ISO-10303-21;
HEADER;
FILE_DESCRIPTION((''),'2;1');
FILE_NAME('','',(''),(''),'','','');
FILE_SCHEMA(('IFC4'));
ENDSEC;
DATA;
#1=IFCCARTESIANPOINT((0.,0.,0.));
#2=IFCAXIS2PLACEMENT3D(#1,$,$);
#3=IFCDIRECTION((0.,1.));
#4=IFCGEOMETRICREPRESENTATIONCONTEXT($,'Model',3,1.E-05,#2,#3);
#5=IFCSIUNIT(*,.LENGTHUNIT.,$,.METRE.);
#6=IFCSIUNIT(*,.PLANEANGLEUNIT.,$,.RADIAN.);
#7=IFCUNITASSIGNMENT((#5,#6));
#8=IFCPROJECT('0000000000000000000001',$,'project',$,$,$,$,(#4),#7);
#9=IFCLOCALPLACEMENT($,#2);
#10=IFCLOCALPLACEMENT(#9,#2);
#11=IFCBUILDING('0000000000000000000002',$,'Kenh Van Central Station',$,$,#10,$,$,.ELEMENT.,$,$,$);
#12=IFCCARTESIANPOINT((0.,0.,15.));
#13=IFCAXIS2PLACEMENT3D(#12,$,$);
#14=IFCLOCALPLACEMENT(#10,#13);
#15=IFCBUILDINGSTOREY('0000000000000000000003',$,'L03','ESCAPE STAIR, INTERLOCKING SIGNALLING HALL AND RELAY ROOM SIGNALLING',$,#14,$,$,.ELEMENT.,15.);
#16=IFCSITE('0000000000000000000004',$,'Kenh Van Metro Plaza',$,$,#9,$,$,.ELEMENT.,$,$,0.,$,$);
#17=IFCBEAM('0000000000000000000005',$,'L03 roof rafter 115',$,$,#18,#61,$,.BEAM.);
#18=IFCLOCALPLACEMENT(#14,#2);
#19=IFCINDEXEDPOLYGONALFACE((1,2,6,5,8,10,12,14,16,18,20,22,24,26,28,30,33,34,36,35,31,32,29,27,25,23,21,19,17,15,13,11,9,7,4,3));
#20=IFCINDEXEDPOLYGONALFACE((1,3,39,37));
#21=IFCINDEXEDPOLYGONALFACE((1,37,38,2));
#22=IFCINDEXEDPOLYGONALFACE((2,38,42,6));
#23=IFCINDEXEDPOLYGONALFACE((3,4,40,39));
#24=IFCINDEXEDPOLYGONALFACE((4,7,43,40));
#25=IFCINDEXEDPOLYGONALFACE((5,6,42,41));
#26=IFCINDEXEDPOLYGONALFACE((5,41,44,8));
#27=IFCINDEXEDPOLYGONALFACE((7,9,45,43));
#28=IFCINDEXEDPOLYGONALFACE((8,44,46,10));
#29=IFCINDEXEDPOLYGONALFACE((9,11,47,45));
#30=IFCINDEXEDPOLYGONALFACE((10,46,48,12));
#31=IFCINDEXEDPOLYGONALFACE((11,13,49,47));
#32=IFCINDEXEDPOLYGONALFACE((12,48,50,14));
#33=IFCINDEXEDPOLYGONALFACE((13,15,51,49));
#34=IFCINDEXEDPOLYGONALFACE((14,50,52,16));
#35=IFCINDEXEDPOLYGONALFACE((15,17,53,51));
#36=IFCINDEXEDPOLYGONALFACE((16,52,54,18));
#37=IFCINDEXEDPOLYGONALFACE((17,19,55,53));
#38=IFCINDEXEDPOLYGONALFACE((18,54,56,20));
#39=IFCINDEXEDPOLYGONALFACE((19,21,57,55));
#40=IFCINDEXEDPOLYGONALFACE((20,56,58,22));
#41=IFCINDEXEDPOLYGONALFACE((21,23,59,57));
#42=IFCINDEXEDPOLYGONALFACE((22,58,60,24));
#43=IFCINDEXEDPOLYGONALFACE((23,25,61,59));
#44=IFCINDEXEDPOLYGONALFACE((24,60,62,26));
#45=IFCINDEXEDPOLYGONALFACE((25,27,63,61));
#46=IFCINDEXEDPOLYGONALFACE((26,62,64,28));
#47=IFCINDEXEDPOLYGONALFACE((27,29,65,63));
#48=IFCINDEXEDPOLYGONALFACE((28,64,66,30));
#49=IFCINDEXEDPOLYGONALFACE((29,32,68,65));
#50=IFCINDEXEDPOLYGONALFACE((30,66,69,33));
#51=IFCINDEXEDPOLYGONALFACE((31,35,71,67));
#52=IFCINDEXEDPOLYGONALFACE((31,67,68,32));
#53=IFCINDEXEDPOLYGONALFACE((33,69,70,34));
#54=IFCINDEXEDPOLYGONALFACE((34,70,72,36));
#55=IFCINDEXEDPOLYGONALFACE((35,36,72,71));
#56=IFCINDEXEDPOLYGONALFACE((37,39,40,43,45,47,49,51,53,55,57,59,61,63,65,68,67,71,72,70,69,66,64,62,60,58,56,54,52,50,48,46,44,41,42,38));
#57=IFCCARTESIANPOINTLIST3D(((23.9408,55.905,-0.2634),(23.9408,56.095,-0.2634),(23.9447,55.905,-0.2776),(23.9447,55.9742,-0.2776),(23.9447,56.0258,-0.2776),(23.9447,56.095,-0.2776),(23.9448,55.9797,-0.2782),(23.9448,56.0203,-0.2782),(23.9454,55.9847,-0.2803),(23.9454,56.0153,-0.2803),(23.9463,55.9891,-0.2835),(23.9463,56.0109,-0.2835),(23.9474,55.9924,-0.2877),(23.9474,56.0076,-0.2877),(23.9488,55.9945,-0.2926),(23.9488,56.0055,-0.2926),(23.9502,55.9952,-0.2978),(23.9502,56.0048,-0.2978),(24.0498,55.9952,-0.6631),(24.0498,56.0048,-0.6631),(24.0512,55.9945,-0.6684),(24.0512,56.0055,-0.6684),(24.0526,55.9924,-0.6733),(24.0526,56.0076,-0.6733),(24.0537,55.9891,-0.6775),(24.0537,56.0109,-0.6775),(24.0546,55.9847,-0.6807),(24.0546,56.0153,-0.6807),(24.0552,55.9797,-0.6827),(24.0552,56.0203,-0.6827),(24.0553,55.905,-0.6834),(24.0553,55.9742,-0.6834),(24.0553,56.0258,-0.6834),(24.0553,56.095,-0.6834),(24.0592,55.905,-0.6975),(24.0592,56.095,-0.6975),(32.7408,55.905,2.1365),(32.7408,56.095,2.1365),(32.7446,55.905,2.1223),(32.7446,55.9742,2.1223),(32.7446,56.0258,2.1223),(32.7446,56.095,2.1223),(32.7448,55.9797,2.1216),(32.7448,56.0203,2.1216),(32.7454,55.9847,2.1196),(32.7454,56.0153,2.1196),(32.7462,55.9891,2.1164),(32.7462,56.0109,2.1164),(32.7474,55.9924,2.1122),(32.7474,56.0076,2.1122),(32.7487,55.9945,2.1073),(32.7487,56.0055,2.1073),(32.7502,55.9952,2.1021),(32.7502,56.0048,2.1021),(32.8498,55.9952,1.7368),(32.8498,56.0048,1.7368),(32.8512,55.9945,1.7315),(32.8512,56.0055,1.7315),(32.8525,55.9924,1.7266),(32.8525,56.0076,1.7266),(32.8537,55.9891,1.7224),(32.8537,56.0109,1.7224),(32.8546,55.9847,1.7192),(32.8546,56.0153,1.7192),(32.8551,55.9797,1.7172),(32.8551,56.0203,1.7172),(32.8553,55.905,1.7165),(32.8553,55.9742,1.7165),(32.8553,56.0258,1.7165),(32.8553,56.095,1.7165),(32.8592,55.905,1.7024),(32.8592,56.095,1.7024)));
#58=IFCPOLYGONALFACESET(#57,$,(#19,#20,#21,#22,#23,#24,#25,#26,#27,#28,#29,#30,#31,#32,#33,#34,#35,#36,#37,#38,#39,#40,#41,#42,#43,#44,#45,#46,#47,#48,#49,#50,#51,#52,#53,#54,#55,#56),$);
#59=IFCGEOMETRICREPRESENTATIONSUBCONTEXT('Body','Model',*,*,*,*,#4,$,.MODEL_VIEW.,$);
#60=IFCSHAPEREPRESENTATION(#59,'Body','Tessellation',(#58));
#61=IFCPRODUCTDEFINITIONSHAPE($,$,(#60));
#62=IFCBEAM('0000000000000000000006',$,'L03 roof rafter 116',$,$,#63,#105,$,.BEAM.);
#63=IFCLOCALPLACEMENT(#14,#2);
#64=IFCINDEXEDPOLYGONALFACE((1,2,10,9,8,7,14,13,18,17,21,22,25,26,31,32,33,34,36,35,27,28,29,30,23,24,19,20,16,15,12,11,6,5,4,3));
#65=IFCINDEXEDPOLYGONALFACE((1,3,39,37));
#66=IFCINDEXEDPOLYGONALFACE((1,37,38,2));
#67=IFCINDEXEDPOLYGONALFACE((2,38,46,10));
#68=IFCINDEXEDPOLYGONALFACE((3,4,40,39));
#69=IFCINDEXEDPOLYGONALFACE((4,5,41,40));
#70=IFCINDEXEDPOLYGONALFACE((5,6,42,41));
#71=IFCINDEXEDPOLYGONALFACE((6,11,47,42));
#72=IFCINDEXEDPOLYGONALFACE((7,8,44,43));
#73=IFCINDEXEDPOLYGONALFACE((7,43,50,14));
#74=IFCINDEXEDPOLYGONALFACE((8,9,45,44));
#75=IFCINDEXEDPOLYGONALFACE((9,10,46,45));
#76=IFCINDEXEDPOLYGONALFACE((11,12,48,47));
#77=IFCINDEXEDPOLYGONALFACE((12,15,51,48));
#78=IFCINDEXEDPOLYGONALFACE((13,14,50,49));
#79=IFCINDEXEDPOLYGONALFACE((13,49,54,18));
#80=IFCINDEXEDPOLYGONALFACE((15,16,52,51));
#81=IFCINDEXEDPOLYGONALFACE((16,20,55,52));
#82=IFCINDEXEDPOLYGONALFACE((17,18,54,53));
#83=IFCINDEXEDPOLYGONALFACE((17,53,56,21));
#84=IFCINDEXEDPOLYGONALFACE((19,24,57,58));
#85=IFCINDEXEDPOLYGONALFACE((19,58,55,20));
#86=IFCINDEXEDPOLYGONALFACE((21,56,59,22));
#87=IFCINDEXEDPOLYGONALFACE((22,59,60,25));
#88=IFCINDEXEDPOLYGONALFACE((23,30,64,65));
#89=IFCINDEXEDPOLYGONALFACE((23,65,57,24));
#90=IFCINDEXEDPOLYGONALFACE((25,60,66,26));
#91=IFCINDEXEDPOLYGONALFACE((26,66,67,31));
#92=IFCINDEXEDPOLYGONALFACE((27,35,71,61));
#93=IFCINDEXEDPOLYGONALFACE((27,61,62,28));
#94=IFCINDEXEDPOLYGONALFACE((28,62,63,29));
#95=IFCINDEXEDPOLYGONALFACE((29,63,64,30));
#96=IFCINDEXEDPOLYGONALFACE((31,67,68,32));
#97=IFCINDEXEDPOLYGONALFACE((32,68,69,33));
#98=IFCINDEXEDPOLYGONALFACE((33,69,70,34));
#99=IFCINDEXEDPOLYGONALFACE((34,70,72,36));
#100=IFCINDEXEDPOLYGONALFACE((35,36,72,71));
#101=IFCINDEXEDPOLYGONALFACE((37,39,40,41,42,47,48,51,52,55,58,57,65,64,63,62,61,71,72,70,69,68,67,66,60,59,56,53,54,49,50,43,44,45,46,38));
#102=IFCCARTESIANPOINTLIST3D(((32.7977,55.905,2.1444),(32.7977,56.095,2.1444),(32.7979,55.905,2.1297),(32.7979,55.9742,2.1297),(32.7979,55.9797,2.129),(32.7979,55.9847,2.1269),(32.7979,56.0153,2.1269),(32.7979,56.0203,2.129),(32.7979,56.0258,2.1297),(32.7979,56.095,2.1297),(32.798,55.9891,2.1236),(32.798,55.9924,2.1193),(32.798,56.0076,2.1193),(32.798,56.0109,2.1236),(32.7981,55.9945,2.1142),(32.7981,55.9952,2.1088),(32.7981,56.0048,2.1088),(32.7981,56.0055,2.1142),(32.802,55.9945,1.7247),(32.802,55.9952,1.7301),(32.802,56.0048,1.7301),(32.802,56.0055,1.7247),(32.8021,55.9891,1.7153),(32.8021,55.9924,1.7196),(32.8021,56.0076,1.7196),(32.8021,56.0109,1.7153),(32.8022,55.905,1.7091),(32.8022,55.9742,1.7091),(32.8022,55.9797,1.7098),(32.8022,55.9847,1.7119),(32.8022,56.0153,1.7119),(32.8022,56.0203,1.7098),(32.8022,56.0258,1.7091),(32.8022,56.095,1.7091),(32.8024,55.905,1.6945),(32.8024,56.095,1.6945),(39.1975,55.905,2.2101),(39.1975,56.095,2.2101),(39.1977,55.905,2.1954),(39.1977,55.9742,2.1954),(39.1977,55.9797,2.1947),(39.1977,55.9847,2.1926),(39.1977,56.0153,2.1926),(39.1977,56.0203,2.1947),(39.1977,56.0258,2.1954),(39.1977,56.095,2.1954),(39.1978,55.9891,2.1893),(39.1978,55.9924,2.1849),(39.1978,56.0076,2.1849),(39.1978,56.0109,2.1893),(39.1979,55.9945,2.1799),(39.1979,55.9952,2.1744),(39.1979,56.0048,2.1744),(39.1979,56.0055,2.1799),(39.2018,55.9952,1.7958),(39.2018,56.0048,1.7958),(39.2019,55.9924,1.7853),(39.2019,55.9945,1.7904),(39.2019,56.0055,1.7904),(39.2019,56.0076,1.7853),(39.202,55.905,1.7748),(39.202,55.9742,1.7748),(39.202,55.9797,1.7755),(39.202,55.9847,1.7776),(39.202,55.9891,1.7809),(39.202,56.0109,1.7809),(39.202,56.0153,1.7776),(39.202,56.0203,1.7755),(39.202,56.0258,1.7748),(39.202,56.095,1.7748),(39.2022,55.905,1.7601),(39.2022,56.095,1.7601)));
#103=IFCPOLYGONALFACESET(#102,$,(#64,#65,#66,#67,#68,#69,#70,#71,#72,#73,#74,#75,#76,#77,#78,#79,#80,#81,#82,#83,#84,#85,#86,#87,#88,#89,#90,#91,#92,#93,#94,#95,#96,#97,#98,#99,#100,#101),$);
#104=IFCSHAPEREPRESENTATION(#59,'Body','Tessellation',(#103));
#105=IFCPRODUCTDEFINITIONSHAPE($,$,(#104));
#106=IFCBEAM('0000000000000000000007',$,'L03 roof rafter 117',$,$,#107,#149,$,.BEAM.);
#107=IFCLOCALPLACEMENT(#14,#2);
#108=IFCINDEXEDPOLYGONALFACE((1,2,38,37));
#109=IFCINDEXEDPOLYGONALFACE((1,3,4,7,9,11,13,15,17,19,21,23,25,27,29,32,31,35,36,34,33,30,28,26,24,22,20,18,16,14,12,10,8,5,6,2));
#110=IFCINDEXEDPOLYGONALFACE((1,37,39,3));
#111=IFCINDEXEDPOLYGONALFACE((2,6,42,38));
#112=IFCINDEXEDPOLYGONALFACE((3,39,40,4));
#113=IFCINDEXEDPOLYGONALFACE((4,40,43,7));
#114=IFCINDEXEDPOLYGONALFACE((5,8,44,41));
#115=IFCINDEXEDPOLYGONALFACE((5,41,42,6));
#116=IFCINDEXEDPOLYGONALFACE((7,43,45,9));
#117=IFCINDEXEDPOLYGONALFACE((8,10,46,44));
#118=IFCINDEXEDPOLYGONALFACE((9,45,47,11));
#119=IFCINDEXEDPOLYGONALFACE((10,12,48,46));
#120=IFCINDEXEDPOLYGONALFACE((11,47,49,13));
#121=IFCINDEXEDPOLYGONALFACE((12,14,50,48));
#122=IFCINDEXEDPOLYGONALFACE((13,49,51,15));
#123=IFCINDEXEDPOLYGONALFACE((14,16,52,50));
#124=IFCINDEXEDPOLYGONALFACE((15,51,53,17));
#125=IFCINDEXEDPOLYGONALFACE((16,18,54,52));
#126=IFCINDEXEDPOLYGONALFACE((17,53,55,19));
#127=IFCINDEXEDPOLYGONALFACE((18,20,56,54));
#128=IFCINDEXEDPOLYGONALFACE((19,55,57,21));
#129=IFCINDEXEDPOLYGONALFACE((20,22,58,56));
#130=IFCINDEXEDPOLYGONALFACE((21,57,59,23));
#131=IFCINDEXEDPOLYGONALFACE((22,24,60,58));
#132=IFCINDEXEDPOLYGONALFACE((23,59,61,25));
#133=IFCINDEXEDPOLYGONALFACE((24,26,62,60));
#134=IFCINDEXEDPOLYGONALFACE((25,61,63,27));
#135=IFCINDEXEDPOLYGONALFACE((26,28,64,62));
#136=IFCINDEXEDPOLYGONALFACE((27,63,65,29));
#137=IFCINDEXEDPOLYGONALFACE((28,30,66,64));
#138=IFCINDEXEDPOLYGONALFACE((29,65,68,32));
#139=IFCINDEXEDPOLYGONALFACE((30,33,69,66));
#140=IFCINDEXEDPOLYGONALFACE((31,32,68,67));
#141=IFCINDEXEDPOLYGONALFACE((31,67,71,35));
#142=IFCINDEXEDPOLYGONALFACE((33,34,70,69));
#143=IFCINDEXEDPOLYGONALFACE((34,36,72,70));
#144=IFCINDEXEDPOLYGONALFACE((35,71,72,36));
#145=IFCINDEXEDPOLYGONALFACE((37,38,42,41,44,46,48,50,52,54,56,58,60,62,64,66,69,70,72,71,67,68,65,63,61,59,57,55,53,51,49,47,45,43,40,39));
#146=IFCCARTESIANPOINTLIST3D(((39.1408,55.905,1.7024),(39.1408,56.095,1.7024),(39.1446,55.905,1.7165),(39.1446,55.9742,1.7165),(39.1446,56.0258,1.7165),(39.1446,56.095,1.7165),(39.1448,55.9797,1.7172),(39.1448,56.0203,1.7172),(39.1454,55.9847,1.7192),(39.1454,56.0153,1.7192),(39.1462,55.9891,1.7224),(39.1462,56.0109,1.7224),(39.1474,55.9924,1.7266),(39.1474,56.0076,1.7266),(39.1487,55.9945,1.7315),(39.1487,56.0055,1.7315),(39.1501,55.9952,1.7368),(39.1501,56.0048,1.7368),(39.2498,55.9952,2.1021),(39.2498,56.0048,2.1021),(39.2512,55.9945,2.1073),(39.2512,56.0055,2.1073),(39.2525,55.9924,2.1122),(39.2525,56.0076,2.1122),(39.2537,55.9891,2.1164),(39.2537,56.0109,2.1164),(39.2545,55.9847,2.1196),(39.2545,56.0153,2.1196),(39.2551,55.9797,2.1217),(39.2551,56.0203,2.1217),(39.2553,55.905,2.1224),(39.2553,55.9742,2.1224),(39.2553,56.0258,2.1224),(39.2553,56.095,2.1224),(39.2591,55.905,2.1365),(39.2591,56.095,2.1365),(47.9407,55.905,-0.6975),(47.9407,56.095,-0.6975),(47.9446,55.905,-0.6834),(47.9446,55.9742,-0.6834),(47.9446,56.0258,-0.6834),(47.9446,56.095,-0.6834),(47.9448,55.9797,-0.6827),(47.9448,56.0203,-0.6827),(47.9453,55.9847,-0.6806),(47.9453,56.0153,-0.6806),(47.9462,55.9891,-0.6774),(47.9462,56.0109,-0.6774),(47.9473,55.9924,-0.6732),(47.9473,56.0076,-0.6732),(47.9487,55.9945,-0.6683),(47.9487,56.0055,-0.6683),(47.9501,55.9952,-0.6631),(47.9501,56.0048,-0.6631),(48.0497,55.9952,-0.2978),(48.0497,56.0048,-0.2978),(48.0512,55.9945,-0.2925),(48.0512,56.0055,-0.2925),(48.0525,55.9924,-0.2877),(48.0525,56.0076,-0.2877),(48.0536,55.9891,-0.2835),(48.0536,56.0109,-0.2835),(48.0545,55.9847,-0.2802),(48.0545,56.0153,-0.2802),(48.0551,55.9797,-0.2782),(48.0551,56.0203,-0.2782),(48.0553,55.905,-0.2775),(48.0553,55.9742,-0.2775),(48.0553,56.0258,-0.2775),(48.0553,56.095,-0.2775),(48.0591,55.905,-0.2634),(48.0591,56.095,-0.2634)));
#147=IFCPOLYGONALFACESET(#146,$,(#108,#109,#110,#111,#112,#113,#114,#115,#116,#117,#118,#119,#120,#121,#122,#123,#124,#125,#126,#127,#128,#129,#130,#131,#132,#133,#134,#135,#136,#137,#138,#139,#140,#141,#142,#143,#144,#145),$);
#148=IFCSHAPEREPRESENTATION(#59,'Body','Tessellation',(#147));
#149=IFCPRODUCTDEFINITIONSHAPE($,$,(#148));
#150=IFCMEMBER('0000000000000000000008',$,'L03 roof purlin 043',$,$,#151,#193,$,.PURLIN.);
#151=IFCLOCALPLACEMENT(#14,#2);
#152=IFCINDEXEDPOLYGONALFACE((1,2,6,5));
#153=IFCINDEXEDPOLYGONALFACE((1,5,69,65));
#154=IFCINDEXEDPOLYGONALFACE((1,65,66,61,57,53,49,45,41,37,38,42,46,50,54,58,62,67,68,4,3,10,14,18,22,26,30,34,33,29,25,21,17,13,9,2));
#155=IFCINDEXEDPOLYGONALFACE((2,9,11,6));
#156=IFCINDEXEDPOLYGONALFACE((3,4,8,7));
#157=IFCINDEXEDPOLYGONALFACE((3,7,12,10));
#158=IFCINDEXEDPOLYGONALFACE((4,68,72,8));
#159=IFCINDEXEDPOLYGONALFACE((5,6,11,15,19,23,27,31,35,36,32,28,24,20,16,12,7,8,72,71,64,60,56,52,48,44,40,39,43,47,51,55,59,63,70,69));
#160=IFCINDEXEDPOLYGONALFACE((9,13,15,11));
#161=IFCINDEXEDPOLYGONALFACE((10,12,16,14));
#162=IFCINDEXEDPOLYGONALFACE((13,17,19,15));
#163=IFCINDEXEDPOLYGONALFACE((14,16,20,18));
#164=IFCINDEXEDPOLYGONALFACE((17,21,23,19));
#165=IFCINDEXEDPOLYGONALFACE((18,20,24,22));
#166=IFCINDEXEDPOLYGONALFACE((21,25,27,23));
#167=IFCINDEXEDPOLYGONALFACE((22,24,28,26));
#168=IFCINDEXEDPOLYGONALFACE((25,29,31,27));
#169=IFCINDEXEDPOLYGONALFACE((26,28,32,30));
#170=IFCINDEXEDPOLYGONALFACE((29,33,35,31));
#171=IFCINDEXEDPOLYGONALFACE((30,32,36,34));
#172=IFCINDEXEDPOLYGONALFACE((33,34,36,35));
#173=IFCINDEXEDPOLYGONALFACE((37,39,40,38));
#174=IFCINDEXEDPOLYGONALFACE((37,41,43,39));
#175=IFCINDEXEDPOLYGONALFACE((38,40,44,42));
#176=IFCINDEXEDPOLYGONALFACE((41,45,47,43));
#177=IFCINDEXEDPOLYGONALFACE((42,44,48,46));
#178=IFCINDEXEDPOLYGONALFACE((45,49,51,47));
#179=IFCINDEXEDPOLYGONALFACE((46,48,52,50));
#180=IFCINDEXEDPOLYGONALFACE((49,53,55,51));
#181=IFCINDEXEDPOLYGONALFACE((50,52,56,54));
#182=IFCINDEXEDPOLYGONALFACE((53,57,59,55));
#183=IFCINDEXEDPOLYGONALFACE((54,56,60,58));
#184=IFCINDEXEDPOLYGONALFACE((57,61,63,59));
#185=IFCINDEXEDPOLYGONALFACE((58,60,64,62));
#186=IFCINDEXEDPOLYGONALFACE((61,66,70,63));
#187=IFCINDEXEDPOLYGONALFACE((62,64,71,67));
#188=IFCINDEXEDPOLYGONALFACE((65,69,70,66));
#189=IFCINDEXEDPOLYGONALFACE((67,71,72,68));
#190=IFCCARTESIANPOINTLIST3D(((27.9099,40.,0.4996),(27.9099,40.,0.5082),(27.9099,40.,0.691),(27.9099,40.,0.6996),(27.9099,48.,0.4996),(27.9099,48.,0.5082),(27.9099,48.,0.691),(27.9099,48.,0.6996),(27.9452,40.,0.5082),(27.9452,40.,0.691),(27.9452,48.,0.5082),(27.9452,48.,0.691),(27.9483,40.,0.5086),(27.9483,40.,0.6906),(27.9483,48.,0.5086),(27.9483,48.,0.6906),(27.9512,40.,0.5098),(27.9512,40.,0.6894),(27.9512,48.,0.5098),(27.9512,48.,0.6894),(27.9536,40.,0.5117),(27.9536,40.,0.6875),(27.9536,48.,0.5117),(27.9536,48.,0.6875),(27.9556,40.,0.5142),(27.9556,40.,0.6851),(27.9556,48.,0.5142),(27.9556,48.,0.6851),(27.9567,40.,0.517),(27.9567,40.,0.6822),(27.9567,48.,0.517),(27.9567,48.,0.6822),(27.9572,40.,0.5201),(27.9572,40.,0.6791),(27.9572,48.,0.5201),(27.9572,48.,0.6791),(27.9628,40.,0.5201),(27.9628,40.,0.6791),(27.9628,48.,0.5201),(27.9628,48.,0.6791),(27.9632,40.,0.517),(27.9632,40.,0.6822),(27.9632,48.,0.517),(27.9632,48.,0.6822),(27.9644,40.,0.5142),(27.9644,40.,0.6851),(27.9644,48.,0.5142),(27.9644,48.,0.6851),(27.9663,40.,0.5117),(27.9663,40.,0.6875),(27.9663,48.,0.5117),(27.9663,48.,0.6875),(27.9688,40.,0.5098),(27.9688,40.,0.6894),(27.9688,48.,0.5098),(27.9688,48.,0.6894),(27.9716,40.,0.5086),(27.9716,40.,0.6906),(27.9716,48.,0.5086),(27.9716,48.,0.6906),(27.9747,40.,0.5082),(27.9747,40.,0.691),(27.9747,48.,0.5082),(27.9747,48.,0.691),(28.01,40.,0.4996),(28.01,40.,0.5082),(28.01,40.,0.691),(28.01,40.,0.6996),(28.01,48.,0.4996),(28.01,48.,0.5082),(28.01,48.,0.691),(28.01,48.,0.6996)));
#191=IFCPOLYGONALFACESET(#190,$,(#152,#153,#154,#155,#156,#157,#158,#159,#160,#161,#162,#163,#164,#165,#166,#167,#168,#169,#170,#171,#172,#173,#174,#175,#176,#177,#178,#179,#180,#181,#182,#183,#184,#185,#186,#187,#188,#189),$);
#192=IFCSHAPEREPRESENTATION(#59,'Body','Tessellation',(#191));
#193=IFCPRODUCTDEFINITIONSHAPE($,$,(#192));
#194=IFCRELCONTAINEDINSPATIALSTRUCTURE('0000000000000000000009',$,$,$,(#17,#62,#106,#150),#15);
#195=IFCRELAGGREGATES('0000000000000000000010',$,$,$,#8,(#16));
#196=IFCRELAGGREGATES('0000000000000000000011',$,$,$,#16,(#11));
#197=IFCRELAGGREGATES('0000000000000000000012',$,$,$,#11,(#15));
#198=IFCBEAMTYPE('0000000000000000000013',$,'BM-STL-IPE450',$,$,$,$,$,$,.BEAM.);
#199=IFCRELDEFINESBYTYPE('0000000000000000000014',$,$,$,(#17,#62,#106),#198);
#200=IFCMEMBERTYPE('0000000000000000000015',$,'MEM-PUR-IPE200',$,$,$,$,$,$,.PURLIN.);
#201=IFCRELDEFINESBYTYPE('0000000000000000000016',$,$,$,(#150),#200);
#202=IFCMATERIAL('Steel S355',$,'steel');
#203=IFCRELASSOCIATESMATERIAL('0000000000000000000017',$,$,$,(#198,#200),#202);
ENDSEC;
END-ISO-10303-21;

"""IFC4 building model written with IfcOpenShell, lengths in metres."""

from ifc_helpers import new_model, si_unit, direction, frame, origin, origin_2d, place, context, subcontext, project, spatial, i_section, extrude, material, material_profile, profile_set, type_object, element, save


model = new_model("IFC4")

# Units and contexts
model_context = context("Model", 3, precision=1e-05, world=origin(), true_north=direction((0.0, 1.0)))
body_context = subcontext(model_context, "Body", "Model", "MODEL_VIEW")
ifc_project = project(units=[si_unit("LENGTHUNIT", "METRE"), si_unit("PLANEANGLEUNIT", "RADIAN")], contexts=[model_context])

# Site, building, storey
site_placement = place(None, origin())
site = spatial("IfcSite", under=ifc_project, at=site_placement, Name="Kenh Van Metro Plaza", CompositionType="ELEMENT", RefElevation=0.0)
building_placement = place(site_placement, origin())
building = spatial("IfcBuilding", under=site, at=building_placement, Name="Kenh Van Central Station", CompositionType="ELEMENT")
storey_placement = place(building_placement, frame((0.0, 0.0, 15.0)))
storey = spatial("IfcBuildingStorey", under=building, at=storey_placement, Name="L03", Description="ESCAPE STAIR, INTERLOCKING SIGNALLING HALL AND RELAY ROOM SIGNALLING", CompositionType="ELEMENT", Elevation=15.0)

# Beams
ifc_material_1 = material(Name="Steel S355", Category="steel")
ifc_material_profile_1 = material_profile(ifc_material_1, i_section(OverallWidth=0.1899, OverallDepth=0.45, WebThickness=0.0095, FlangeThickness=0.0146, FilletRadius=0.021, at=origin_2d()), Name="IPE 450")
ifc_profile_set_1 = profile_set([ifc_material_profile_1], Name="Steel S355")
beam_type = type_object("IfcBeamType", Name="BM-STL-IPE450", PredefinedType="BEAM", material=ifc_profile_set_1)
for number, where, z_axis, x_axis, name in (
    (1, (24.0, 56.0, -0.4805), (0.964767, 0.0, 0.263106), (0.0, 1.0, 0.0), "L03 roof rafter 115"),
):
    element("IfcBeam", number, at=place(storey_placement, frame(where, z_axis=z_axis, x_axis=x_axis)), inside=storey, type_object=beam_type, Name=name, PredefinedType="BEAM", context=body_context, shape_type="SweptSolid", body=[
        extrude(i_section(OverallWidth=0.1899, OverallDepth=0.45, WebThickness=0.0095, FlangeThickness=0.0146, FilletRadius=0.021, at=origin_2d()), origin(), (0.0, 0.0, 1.0), 9.1213),
    ])
beam_1_placement = place(storey_placement, frame((32.8, 56.0, 1.9194), z_axis=(0.999947, 0.0, 0.010261), x_axis=(0.0, 1.0, 0.0)))
element("IfcBeam", 2, at=beam_1_placement, inside=storey, type_object=beam_type, Name="L03 roof rafter 116", PredefinedType="BEAM", context=body_context, shape_type="SweptSolid", body=[
    extrude(i_section(OverallWidth=0.1899, OverallDepth=0.45, WebThickness=0.0095, FlangeThickness=0.0146, FilletRadius=0.021, at=origin_2d()), origin(), (0.0, 0.0, 1.0), 6.4001),
])
beam_2_placement = place(storey_placement, frame((39.2, 56.0, 1.9194), z_axis=(0.964767, 0.0, -0.263106), x_axis=(0.0, 1.0, 0.0)))
element("IfcBeam", 3, at=beam_2_placement, inside=storey, type_object=beam_type, Name="L03 roof rafter 117", PredefinedType="BEAM", context=body_context, shape_type="SweptSolid", body=[
    extrude(i_section(OverallWidth=0.1899, OverallDepth=0.45, WebThickness=0.0095, FlangeThickness=0.0146, FilletRadius=0.021, at=origin_2d()), origin(), (0.0, 0.0, 1.0), 9.1213),
])

# Member
ifc_material_profile_2 = material_profile(ifc_material_1, i_section(OverallWidth=0.1001, OverallDepth=0.2, WebThickness=0.0056, FlangeThickness=0.0085, FilletRadius=0.012, at=origin_2d()), Name="IPE 200")
ifc_profile_set_2 = profile_set([ifc_material_profile_2], Name="Steel S355")
member_type_1 = type_object("IfcMemberType", Name="MEM-PUR-IPE200", PredefinedType="PURLIN", material=ifc_profile_set_2)
for number, where, z_axis, x_axis, name in (
    (4, (27.96, 40.0, 0.5996), (0.0, 1.0, 0.0), (-1.0, 0.0, 0.0), "L03 roof purlin 043"),
):
    element("IfcMember", number, at=place(storey_placement, frame(where, z_axis=z_axis, x_axis=x_axis)), inside=storey, type_object=member_type_1, Name=name, PredefinedType="PURLIN", context=body_context, shape_type="SweptSolid", body=[
        extrude(i_section(OverallWidth=0.1001, OverallDepth=0.2, WebThickness=0.0056, FlangeThickness=0.0085, FilletRadius=0.012, at=origin_2d()), origin(), (0.0, 0.0, 1.0), 8.0),
    ])

save(model, "model.ifc")
